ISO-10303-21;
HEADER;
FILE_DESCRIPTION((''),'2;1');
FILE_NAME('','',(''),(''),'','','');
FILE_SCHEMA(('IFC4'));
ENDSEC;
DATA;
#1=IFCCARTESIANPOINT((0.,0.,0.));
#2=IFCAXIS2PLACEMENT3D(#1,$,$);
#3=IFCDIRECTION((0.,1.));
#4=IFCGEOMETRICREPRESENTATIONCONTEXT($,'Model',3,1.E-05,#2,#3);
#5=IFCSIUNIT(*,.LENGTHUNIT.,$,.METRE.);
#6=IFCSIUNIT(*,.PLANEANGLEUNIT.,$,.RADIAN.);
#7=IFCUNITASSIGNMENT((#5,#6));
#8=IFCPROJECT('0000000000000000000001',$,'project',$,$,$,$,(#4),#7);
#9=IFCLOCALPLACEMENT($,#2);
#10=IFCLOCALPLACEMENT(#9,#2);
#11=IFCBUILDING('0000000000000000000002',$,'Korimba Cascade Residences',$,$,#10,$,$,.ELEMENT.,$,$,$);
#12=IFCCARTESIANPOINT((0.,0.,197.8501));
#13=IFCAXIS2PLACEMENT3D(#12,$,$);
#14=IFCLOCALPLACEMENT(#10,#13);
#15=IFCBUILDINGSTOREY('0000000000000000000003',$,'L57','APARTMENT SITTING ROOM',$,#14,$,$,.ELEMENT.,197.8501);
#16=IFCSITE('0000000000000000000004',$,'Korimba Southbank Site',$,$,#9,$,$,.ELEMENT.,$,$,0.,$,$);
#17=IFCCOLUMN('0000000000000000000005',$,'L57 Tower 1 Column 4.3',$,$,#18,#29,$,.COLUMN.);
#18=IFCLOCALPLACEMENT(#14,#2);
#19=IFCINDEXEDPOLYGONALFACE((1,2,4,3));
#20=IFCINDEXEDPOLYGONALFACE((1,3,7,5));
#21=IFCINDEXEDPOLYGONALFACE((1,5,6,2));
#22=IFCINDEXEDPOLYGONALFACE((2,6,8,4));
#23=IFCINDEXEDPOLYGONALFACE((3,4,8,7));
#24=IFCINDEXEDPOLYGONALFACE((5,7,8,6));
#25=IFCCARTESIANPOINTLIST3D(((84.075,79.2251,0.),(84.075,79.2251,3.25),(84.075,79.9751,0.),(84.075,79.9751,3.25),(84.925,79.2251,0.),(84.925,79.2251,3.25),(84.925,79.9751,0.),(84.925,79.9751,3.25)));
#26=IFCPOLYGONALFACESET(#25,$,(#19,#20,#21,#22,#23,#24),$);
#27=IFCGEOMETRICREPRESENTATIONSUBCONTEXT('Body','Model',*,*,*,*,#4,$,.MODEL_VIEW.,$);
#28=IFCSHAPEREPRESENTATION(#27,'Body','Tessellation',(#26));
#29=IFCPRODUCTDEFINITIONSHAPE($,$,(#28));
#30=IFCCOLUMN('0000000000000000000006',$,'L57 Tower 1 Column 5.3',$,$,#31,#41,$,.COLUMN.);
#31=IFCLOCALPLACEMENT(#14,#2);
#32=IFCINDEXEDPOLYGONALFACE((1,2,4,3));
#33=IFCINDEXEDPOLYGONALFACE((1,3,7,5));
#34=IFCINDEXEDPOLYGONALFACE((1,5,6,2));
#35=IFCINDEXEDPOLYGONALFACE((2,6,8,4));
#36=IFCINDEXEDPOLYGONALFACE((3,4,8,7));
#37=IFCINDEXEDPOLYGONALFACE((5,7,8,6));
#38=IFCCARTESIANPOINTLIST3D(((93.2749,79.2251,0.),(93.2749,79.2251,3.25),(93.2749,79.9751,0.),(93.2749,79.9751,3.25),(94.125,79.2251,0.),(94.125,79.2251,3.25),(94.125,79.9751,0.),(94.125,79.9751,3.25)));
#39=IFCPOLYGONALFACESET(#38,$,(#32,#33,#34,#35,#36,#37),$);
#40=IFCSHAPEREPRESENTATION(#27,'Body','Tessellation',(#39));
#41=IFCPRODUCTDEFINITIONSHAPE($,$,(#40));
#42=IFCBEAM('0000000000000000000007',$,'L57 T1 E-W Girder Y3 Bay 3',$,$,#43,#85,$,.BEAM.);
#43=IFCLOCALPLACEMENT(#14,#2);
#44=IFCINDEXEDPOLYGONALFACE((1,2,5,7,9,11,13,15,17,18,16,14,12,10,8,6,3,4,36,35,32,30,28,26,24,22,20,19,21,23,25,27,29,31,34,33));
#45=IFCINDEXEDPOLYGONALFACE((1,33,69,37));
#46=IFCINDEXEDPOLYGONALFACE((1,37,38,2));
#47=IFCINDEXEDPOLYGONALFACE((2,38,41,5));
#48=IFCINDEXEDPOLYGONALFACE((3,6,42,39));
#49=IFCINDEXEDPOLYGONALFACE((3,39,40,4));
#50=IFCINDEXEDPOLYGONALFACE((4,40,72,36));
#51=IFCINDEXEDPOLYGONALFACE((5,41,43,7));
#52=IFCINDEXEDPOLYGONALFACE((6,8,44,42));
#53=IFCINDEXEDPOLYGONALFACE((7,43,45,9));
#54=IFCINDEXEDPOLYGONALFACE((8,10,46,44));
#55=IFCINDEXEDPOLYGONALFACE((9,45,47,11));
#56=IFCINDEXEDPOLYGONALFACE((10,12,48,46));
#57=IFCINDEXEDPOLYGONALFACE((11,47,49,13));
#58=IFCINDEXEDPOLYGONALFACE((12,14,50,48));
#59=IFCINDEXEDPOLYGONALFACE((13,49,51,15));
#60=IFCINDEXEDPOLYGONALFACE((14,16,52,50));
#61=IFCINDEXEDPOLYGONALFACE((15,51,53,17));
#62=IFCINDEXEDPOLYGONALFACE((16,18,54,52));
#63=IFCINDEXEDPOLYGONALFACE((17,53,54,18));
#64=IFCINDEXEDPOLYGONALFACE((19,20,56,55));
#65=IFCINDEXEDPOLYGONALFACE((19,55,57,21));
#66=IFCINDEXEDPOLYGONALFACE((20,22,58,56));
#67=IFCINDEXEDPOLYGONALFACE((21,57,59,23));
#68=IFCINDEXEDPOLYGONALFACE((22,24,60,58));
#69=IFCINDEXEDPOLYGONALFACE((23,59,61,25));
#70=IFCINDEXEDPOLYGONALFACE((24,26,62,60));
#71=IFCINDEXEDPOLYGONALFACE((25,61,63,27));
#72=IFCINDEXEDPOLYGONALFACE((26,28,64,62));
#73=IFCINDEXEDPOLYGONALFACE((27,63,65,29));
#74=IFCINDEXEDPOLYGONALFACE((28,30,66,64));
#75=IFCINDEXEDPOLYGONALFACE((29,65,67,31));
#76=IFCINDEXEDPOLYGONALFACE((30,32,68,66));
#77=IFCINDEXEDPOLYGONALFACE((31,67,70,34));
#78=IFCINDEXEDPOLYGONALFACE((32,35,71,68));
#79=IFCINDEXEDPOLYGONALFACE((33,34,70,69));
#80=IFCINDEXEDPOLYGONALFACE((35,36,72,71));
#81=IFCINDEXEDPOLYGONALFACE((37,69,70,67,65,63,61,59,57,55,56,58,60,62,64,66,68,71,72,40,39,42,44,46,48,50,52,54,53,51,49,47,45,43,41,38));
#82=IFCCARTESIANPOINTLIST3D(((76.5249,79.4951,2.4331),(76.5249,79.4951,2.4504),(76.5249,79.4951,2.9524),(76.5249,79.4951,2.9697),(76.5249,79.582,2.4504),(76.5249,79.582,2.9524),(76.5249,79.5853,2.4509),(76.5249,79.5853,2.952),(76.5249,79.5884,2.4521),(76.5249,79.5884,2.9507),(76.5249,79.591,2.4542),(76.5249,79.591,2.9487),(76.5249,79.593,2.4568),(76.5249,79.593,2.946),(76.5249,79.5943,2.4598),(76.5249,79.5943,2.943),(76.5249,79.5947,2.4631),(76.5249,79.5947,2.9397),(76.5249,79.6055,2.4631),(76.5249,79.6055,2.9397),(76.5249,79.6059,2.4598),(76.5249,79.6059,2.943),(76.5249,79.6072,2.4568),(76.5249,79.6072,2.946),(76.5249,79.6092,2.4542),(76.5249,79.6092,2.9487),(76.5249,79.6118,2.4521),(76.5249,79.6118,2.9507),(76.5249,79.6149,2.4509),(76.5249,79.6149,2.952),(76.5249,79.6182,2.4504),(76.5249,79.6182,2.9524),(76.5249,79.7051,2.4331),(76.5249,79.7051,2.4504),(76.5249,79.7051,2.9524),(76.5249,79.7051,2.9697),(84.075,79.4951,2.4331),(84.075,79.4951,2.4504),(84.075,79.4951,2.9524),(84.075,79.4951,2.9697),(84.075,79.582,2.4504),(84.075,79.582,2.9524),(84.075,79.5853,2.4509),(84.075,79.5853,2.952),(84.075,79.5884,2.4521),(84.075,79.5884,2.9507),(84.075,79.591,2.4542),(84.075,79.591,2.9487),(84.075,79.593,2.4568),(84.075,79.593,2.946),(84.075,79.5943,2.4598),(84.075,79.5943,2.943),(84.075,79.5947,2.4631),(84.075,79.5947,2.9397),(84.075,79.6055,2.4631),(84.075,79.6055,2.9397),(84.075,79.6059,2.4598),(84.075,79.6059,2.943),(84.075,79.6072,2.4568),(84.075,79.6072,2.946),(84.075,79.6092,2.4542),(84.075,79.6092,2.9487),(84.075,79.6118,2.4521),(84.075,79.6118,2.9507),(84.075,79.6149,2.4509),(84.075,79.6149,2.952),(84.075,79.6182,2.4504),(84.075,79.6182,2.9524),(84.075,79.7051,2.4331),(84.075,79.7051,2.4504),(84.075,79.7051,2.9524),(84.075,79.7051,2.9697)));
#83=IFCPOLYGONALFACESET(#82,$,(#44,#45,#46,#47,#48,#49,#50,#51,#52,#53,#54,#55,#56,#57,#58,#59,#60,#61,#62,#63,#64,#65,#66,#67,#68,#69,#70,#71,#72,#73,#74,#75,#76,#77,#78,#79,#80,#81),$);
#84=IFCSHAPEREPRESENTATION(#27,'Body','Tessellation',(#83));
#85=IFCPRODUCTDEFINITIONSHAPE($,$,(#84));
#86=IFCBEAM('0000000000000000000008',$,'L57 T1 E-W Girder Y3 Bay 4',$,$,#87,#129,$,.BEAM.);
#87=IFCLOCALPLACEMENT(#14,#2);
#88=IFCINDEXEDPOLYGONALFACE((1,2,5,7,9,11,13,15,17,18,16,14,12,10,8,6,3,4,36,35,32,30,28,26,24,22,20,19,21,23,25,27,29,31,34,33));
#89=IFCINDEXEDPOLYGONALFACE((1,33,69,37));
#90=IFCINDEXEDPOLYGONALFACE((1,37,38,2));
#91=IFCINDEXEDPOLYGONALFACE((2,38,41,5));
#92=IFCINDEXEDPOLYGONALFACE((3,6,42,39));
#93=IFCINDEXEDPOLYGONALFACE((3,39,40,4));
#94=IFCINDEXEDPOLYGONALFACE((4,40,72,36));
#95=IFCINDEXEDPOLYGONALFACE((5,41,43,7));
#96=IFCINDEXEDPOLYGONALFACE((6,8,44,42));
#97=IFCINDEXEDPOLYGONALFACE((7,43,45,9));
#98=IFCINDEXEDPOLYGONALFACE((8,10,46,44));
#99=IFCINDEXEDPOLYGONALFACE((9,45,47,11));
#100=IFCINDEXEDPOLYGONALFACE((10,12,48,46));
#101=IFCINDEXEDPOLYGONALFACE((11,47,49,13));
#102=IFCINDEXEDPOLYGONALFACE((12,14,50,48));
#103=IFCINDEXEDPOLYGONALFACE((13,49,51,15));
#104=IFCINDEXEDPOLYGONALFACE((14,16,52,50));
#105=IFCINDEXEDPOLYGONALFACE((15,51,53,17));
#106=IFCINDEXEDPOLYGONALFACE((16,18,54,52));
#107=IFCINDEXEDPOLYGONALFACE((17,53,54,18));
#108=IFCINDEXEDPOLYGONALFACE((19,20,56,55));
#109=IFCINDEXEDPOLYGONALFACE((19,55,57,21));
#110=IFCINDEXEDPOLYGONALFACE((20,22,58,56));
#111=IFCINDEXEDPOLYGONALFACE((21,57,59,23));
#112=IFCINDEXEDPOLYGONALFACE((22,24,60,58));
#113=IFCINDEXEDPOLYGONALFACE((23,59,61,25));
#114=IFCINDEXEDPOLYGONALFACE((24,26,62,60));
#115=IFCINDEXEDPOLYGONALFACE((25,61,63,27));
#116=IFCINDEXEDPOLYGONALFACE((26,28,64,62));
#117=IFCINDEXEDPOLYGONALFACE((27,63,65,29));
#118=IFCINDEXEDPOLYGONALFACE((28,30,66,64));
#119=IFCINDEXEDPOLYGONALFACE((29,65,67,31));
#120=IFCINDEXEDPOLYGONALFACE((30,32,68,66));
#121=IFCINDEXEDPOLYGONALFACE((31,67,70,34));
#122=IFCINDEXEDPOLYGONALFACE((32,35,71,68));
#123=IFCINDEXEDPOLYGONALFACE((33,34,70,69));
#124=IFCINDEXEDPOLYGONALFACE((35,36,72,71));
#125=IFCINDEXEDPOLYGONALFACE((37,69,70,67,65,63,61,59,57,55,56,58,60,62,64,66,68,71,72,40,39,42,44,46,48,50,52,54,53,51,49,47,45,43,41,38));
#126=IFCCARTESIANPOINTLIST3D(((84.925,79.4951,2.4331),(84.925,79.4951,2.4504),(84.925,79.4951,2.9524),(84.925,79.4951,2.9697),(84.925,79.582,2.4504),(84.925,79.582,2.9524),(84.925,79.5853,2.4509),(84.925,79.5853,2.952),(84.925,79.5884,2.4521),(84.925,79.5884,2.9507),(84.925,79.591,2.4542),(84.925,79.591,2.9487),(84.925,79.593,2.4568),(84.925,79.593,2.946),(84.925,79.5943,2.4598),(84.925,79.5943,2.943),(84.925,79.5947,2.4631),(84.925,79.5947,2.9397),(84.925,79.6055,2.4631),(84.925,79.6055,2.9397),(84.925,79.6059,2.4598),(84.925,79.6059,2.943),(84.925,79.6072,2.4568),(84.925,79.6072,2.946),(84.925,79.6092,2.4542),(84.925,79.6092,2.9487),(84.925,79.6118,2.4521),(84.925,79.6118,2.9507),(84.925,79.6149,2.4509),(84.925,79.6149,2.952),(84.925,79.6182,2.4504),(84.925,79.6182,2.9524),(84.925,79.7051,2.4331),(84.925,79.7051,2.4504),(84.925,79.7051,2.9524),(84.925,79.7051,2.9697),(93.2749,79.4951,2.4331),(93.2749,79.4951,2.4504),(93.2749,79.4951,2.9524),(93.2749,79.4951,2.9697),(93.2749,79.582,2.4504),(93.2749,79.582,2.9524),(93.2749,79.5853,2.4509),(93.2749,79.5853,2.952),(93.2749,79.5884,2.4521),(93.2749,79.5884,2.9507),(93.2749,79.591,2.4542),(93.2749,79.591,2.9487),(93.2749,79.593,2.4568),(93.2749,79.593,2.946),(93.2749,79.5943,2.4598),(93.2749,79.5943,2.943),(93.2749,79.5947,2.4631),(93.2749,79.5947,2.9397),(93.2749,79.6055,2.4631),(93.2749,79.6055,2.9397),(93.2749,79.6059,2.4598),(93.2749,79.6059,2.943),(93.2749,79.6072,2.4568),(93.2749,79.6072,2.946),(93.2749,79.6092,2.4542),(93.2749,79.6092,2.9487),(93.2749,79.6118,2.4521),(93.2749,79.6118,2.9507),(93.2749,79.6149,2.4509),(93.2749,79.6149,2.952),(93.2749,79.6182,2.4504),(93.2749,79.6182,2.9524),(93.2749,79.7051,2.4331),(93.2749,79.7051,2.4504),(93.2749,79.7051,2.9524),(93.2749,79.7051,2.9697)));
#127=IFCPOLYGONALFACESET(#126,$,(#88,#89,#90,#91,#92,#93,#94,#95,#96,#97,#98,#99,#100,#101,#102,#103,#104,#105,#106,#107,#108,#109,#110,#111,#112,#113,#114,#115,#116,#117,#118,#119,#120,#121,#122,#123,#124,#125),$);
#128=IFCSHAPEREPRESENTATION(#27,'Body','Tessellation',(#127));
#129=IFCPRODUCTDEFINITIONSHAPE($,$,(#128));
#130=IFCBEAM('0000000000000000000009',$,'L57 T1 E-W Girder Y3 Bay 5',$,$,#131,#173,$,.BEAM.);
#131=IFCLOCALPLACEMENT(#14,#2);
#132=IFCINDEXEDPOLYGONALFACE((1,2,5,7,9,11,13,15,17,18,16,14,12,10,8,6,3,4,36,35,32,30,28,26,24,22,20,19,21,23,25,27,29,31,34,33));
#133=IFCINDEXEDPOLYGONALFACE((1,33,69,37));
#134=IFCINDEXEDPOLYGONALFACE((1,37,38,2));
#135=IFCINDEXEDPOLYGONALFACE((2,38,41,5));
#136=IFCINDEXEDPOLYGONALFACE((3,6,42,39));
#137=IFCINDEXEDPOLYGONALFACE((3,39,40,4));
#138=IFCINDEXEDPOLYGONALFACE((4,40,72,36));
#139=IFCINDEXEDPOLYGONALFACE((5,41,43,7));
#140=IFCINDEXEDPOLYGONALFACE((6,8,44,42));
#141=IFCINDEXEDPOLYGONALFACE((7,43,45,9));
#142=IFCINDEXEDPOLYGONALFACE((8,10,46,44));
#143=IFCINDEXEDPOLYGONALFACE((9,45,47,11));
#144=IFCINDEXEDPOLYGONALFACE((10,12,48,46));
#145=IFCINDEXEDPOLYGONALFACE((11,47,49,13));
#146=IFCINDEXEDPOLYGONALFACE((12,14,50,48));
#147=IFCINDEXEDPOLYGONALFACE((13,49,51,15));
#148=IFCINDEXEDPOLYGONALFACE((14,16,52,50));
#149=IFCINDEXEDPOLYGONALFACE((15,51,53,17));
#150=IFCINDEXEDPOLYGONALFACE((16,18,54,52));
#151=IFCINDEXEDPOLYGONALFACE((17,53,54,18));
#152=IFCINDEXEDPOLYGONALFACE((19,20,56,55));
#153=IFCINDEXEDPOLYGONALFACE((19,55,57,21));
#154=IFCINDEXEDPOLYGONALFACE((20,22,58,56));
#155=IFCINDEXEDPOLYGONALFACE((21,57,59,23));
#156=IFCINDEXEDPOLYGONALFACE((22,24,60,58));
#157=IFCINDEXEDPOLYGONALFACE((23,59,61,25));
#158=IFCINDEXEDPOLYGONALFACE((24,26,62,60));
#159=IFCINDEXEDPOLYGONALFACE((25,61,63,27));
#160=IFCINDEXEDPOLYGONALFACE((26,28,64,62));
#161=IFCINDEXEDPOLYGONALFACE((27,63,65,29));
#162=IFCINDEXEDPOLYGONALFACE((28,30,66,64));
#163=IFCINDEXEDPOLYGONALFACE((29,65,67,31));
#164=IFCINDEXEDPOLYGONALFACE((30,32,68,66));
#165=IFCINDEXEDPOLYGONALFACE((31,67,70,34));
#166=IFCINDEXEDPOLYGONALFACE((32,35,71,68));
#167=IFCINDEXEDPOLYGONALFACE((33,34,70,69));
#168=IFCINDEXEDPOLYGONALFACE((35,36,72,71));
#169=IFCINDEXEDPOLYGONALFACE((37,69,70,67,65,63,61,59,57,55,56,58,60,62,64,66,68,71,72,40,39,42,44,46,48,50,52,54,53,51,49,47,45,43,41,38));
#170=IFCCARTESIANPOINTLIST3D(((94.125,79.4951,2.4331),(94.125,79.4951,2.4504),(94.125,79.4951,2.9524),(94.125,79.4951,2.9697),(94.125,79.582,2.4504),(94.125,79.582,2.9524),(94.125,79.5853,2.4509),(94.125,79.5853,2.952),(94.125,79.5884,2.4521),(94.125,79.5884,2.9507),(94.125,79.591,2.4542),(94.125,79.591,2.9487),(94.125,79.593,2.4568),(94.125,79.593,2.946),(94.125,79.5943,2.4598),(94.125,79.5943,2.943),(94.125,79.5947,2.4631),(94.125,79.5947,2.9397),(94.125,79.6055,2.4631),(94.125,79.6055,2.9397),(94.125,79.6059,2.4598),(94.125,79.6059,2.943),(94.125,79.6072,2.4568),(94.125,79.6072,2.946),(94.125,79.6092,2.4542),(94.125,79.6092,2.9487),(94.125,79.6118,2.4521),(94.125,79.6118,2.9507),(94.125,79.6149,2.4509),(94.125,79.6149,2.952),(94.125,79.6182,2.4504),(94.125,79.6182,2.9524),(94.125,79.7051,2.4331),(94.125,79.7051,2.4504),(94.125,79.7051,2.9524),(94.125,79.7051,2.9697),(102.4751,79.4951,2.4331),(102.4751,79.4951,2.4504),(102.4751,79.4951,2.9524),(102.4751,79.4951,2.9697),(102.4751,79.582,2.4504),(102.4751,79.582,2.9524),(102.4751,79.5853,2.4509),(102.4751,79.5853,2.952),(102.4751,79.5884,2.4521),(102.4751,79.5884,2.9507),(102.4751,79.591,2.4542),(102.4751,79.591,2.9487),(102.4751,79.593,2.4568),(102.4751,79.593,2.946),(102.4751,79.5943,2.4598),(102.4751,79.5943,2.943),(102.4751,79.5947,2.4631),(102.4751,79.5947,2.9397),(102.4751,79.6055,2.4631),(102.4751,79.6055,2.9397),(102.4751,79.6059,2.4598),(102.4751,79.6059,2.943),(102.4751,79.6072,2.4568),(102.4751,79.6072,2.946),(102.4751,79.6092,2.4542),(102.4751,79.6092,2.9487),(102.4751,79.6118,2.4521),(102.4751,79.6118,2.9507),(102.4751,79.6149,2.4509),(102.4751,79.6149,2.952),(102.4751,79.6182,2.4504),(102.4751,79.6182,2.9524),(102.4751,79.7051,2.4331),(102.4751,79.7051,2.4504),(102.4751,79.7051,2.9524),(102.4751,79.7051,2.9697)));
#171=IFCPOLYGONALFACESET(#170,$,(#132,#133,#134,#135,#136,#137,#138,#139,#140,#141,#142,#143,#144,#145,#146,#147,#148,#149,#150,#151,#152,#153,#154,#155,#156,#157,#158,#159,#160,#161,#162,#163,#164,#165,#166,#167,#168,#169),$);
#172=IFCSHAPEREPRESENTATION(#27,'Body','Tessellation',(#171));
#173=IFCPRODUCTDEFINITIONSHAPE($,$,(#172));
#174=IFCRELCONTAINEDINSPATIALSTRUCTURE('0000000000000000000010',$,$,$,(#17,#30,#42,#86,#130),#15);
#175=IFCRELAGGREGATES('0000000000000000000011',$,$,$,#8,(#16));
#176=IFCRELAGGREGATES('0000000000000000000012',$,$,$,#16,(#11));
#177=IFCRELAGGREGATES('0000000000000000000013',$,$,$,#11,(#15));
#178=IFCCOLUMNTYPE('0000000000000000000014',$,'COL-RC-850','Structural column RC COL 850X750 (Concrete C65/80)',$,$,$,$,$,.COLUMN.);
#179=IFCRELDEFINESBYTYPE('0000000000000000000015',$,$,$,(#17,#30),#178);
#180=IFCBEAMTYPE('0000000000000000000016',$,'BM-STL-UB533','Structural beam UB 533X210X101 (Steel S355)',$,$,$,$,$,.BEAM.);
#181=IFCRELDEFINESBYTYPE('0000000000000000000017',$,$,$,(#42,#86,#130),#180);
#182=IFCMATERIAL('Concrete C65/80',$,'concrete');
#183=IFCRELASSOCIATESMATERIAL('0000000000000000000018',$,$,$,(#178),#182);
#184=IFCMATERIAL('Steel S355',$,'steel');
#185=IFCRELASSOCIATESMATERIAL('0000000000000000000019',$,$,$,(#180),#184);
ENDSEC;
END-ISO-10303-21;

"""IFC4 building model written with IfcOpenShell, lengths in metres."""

from ifc_helpers import new_model, si_unit, direction, frame, origin, origin_2d, place, context, subcontext, project, spatial, rectangle, i_section, extrude, material, material_profile, profile_set, type_object, element, save


model = new_model("IFC4")

# Units and contexts
model_context = context("Model", 3, precision=1e-05, world=origin(), true_north=direction((0.0, 1.0)))
body_context = subcontext(model_context, "Body", "Model", "MODEL_VIEW")
ifc_project = project(units=[si_unit("LENGTHUNIT", "METRE"), si_unit("PLANEANGLEUNIT", "RADIAN")], contexts=[model_context])

# Site, building, storey
site_placement = place(None, origin())
site = spatial("IfcSite", under=ifc_project, at=site_placement, Name="Korimba Southbank Site", CompositionType="ELEMENT", RefElevation=0.0)
building_placement = place(site_placement, origin())
building = spatial("IfcBuilding", under=site, at=building_placement, Name="Korimba Cascade Residences", CompositionType="ELEMENT")
storey_placement = place(building_placement, frame((0.0, 0.0, 197.8501)))
storey = spatial("IfcBuildingStorey", under=building, at=storey_placement, Name="L57", Description="APARTMENT SITTING ROOM", CompositionType="ELEMENT", Elevation=197.8501)

# Columns
ifc_material_1 = material(Name="Concrete C65/80", Category="concrete")
ifc_material_profile_1 = material_profile(ifc_material_1, rectangle(XDim=0.8501, YDim=0.75, at=origin_2d()), Name="Concrete C65/80")
ifc_profile_set_1 = profile_set([ifc_material_profile_1], Name="Concrete C65/80")
column_type = type_object("IfcColumnType", Name="COL-RC-850", Description="Structural column RC COL 850X750 (Concrete C65/80)", PredefinedType="COLUMN", material=ifc_profile_set_1)
for number, where, z_axis, x_axis, name in (
    (1, (84.5, 79.6001, 0.0), (0.0, 0.0, 1.0), (1.0, 0.0, 0.0), "L57 Tower 1 Column 4.3"),
    (2, (93.7, 79.6001, 0.0), (0.0, 0.0, 1.0), (1.0, 0.0, 0.0), "L57 Tower 1 Column 5.3"),
):
    element("IfcColumn", number, at=place(storey_placement, frame(where, z_axis=z_axis, x_axis=x_axis)), inside=storey, type_object=column_type, Name=name, PredefinedType="COLUMN", context=body_context, shape_type="SweptSolid", body=[
        extrude(rectangle(XDim=0.8501, YDim=0.75, at=origin_2d()), origin(), (0.0, 0.0, 1.0), 3.25),
    ])

# Beams
ifc_material_2 = material(Name="Steel S355", Category="steel")
ifc_material_profile_2 = material_profile(ifc_material_2, i_section(OverallWidth=0.21, OverallDepth=0.5366, WebThickness=0.0107, FlangeThickness=0.0173, FilletRadius=0.0127, at=origin_2d()), Name="Steel S355")
ifc_profile_set_2 = profile_set([ifc_material_profile_2], Name="Steel S355")
beam_type_1 = type_object("IfcBeamType", Name="BM-STL-UB533", Description="Structural beam UB 533X210X101 (Steel S355)", PredefinedType="BEAM", material=ifc_profile_set_2)
beam_1_placement = place(storey_placement, frame((76.5249, 79.6001, 2.7014), z_axis=(1.0, 0.0, 0.0), x_axis=(0.0, 1.0, 0.0)))
element("IfcBeam", 3, at=beam_1_placement, inside=storey, type_object=beam_type_1, Name="L57 T1 E-W Girder Y3 Bay 3", PredefinedType="BEAM", context=body_context, shape_type="SweptSolid", body=[
    extrude(i_section(OverallWidth=0.21, OverallDepth=0.5366, WebThickness=0.0107, FlangeThickness=0.0173, FilletRadius=0.0127, at=origin_2d()), origin(), (0.0, 0.0, 1.0), 7.55),
])
beam_2_placement = place(storey_placement, frame((84.925, 79.6001, 2.7014), z_axis=(1.0, 0.0, 0.0), x_axis=(0.0, 1.0, 0.0)))
element("IfcBeam", 4, at=beam_2_placement, inside=storey, type_object=beam_type_1, Name="L57 T1 E-W Girder Y3 Bay 4", PredefinedType="BEAM", context=body_context, shape_type="SweptSolid", body=[
    extrude(i_section(OverallWidth=0.21, OverallDepth=0.5366, WebThickness=0.0107, FlangeThickness=0.0173, FilletRadius=0.0127, at=origin_2d()), origin(), (0.0, 0.0, 1.0), 8.3499),
])
beam_3_placement = place(storey_placement, frame((94.125, 79.6001, 2.7014), z_axis=(1.0, 0.0, 0.0), x_axis=(0.0, 1.0, 0.0)))
element("IfcBeam", 5, at=beam_3_placement, inside=storey, type_object=beam_type_1, Name="L57 T1 E-W Girder Y3 Bay 5", PredefinedType="BEAM", context=body_context, shape_type="SweptSolid", body=[
    extrude(i_section(OverallWidth=0.21, OverallDepth=0.5366, WebThickness=0.0107, FlangeThickness=0.0173, FilletRadius=0.0127, at=origin_2d()), origin(), (0.0, 0.0, 1.0), 8.3501),
])

save(model, "model.ifc")
